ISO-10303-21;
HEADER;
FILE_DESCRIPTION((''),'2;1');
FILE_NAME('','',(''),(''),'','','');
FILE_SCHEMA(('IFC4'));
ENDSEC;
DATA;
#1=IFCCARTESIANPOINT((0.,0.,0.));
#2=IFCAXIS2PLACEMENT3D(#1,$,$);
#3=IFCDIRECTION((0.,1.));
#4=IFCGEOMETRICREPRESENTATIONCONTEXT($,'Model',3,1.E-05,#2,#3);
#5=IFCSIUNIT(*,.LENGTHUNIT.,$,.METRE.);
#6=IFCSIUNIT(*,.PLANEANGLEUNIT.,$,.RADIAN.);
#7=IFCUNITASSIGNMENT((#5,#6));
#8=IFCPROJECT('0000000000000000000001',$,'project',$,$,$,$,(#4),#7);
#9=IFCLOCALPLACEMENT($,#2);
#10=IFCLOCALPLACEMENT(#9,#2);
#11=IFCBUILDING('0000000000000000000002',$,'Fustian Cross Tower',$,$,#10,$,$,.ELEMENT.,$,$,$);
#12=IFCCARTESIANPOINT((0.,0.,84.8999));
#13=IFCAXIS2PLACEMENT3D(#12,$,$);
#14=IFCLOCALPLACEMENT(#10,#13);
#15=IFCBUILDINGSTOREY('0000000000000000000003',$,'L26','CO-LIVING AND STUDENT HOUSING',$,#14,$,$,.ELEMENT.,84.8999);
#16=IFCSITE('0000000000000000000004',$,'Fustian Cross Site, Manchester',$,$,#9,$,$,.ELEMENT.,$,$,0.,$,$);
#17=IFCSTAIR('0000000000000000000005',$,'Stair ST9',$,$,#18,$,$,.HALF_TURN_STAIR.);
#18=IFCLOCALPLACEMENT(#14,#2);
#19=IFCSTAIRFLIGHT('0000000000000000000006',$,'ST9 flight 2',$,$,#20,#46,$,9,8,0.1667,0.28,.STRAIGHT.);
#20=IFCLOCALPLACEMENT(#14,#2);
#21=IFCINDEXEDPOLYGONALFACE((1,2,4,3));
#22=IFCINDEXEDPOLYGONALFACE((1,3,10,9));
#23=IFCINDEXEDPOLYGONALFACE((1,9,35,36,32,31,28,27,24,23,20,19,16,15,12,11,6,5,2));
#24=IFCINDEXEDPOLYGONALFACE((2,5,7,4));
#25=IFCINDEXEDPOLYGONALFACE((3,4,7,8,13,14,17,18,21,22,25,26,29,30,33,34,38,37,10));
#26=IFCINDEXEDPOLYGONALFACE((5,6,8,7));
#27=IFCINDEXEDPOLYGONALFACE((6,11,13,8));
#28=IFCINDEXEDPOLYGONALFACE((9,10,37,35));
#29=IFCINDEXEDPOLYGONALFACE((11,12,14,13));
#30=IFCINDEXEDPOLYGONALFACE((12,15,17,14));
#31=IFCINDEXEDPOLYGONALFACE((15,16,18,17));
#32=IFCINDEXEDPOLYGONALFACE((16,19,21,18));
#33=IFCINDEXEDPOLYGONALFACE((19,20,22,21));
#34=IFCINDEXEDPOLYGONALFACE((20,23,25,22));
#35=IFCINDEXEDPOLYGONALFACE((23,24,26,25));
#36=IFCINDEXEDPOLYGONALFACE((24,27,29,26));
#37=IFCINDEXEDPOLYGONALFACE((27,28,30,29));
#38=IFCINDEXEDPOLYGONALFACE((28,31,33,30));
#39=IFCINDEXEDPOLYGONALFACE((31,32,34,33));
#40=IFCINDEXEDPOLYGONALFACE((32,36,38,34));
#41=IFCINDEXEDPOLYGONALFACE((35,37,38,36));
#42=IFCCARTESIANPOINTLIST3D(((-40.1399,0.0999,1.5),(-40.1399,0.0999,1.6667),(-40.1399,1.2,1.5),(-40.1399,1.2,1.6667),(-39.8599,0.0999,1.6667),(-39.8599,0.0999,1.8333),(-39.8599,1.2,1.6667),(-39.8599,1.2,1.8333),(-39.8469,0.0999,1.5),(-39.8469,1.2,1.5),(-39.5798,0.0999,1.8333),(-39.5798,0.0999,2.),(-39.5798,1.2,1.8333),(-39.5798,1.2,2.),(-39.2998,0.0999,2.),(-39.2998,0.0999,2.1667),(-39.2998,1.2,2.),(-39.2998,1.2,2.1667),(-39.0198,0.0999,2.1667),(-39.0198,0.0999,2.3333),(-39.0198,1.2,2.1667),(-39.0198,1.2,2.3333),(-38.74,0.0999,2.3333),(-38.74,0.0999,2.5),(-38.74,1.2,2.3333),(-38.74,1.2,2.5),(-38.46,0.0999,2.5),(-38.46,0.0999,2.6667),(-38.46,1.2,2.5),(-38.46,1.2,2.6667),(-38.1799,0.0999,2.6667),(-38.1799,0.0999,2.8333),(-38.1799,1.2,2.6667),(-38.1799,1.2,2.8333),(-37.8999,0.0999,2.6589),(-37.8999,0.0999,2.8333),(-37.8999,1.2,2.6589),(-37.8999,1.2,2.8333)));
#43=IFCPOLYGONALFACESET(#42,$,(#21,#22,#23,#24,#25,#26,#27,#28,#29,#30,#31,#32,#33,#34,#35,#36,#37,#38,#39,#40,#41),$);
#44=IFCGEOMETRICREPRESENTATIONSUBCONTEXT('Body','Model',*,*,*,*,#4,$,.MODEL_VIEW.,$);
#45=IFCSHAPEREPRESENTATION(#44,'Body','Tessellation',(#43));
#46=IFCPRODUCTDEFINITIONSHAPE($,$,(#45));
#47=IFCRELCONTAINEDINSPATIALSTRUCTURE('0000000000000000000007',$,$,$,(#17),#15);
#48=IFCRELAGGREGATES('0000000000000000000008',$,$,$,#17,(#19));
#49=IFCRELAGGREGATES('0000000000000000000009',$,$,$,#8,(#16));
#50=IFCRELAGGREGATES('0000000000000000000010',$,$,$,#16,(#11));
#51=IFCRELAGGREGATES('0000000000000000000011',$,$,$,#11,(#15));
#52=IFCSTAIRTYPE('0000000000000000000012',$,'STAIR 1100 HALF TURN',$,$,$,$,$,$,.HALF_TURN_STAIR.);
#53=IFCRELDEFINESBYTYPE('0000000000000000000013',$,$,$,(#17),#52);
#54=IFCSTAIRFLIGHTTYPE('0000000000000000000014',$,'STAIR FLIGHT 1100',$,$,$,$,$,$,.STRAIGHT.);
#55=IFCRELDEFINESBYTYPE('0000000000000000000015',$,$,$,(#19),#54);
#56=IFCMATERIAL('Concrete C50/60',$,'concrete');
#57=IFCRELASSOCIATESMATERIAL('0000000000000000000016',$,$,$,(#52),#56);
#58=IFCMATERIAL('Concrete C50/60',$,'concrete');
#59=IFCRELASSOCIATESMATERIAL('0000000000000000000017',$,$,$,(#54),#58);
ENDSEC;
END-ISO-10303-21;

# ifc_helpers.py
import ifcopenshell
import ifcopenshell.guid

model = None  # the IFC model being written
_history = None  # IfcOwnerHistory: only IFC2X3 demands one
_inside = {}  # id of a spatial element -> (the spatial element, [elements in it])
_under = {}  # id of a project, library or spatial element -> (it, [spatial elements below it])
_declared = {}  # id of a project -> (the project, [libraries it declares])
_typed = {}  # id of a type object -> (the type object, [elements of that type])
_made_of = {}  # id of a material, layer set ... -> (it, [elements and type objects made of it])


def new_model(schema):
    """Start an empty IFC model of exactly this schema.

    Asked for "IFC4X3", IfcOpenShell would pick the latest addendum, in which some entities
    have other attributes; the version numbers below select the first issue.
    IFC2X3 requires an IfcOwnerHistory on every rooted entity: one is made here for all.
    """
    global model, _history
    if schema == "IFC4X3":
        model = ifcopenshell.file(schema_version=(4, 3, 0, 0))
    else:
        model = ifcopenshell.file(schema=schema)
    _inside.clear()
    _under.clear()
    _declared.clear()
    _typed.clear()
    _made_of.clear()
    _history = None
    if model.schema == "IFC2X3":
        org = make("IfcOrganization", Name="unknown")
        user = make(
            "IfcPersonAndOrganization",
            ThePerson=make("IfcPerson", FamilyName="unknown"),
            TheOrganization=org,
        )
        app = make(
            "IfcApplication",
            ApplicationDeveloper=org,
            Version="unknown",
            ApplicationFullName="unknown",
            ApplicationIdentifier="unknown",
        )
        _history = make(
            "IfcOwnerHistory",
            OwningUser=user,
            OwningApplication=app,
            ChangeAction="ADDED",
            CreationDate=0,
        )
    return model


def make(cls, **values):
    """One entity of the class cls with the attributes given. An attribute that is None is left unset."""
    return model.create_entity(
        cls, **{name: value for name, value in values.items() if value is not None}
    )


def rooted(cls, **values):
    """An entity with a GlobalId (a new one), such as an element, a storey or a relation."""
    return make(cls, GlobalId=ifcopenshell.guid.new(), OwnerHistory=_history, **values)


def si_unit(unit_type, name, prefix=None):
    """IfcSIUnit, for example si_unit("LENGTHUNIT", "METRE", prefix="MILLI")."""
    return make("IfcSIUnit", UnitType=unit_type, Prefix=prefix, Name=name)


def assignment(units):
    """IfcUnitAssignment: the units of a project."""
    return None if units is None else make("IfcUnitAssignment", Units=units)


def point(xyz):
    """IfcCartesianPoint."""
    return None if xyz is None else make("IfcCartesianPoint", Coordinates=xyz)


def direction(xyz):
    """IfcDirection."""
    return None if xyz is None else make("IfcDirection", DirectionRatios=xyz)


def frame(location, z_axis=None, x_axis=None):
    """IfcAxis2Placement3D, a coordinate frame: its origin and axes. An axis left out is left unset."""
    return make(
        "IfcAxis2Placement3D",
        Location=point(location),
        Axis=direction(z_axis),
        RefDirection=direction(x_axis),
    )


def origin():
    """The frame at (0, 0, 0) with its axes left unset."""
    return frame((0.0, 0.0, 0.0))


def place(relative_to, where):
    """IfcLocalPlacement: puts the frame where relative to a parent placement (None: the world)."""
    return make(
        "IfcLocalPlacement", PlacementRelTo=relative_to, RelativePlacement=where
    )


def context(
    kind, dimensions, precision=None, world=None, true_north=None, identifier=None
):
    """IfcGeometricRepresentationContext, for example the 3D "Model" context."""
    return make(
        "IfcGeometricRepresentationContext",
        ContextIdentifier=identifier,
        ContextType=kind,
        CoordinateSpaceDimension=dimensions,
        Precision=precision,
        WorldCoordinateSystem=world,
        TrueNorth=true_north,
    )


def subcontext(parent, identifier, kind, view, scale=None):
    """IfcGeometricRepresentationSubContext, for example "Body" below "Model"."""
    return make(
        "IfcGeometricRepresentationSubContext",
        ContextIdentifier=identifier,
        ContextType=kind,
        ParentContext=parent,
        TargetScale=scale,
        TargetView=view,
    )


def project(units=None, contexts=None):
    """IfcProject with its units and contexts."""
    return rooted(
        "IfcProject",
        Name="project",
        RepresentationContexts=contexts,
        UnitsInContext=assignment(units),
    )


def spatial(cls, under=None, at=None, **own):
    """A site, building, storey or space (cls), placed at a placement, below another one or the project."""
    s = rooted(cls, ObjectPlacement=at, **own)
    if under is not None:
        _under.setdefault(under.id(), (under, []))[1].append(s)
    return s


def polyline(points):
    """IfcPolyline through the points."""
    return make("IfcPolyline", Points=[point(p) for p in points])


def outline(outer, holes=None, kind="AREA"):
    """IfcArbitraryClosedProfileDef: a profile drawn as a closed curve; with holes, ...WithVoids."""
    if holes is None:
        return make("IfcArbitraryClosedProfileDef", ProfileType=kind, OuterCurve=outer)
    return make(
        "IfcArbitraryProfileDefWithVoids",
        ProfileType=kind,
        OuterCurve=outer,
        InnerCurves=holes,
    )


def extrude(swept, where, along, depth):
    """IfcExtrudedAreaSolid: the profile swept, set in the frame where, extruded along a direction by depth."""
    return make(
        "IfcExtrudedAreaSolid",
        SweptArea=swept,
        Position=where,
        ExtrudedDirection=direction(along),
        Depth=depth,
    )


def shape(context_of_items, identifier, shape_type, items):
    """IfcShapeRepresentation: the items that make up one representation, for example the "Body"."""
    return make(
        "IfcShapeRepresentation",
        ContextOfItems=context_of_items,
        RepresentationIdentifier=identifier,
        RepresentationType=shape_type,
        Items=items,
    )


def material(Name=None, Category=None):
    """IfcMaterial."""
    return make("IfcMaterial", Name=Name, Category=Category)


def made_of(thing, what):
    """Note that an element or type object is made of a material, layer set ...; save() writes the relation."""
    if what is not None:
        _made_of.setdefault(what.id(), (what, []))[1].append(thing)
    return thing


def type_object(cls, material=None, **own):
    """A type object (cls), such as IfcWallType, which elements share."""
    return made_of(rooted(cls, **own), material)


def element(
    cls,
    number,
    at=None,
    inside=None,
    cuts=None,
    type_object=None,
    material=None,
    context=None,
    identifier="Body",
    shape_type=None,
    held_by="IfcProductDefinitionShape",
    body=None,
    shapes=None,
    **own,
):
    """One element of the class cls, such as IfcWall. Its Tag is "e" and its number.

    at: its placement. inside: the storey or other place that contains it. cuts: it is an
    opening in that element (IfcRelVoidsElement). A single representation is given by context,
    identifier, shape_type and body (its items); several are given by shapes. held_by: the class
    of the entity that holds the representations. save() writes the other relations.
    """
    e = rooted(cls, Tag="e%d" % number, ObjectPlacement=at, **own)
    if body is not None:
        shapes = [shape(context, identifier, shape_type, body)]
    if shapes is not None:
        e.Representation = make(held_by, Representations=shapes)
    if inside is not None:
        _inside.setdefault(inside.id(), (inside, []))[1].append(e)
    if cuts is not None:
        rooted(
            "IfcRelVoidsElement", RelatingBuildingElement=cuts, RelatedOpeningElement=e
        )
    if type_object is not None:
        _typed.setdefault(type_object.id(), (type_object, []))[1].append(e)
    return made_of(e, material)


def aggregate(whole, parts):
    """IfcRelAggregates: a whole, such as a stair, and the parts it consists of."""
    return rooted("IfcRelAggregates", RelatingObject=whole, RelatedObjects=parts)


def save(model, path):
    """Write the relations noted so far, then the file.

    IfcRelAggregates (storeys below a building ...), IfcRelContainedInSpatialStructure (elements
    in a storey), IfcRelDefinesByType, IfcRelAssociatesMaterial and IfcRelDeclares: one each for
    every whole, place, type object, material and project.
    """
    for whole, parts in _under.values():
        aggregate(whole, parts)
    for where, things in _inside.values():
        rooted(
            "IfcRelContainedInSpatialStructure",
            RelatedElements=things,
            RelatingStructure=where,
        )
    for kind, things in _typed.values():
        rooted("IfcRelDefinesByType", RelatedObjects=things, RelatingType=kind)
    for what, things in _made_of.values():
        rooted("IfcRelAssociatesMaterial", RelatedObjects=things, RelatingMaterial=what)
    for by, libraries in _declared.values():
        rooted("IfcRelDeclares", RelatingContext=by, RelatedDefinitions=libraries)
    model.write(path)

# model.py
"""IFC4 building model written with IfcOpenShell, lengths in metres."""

from ifc_helpers import new_model, si_unit, direction, frame, origin, place, context, subcontext, project, spatial, polyline, outline, extrude, material, type_object, element, aggregate, save


model = new_model("IFC4")

# Units and contexts
model_context = context("Model", 3, precision=1e-05, world=origin(), true_north=direction((0.0, 1.0)))
body_context = subcontext(model_context, "Body", "Model", "MODEL_VIEW")
ifc_project = project(units=[si_unit("LENGTHUNIT", "METRE"), si_unit("PLANEANGLEUNIT", "RADIAN")], contexts=[model_context])

# Site, building, storey
site_placement = place(None, origin())
site = spatial("IfcSite", under=ifc_project, at=site_placement, Name="Fustian Cross Site, Manchester", CompositionType="ELEMENT", RefElevation=0.0)
building_placement = place(site_placement, origin())
building = spatial("IfcBuilding", under=site, at=building_placement, Name="Fustian Cross Tower", CompositionType="ELEMENT")
storey_placement = place(building_placement, frame((0.0, 0.0, 84.8999)))
storey = spatial("IfcBuildingStorey", under=building, at=storey_placement, Name="L26", Description="CO-LIVING AND STUDENT HOUSING", CompositionType="ELEMENT", Elevation=84.8999)

# Stair, stair flight
ifc_material_1 = material(Name="Concrete C50/60", Category="concrete")
stair_type = type_object("IfcStairType", Name="STAIR 1100 HALF TURN", PredefinedType="HALF_TURN_STAIR", material=ifc_material_1)
stair_placement = place(storey_placement, origin())
stair = element("IfcStair", 1, at=stair_placement, inside=storey, type_object=stair_type, Name="Stair ST9", PredefinedType="HALF_TURN_STAIR")
ifc_material_2 = material(Name="Concrete C50/60", Category="concrete")
stair_flight_type = type_object("IfcStairFlightType", Name="STAIR FLIGHT 1100", PredefinedType="STRAIGHT", material=ifc_material_2)
stair_flight_placement = place(storey_placement, frame((-40.1399, 0.6499, 1.5), z_axis=(0.0, 0.0, 1.0), x_axis=(1.0, 0.0, 0.0)))
stair_flight = element("IfcStairFlight", 2, at=stair_flight_placement, type_object=stair_flight_type, Name="ST9 flight 2", NumberOfRisers=9, NumberOfTreads=8, PredefinedType="STRAIGHT", RiserHeight=0.1667, TreadLength=0.28, context=body_context, shape_type="SweptSolid", body=[
    extrude(outline(polyline([(0.0, 0.0), (0.0, 0.1667), (0.28, 0.1667), (0.28, 0.3333), (0.5601, 0.3333), (0.5601, 0.5), (0.8401, 0.5), (0.8401, 0.6667), (1.1201, 0.6667), (1.1201, 0.8333), (1.3999, 0.8333), (1.3999, 1.0), (1.6799, 1.0), (1.6799, 1.1667), (1.96, 1.1667), (1.96, 1.3333), (2.24, 1.3333), (2.24, 1.5), (2.24, 1.1589), (0.293, 0.0), (0.0, 0.0)])), frame((0.0, 0.55, 0.0), z_axis=(0.0, -1.0, 0.0), x_axis=(1.0, 0.0, 0.0)), (0.0, 0.0, 1.0), 1.1001),
])
aggregate(stair, [stair_flight])

save(model, "model.ifc")
